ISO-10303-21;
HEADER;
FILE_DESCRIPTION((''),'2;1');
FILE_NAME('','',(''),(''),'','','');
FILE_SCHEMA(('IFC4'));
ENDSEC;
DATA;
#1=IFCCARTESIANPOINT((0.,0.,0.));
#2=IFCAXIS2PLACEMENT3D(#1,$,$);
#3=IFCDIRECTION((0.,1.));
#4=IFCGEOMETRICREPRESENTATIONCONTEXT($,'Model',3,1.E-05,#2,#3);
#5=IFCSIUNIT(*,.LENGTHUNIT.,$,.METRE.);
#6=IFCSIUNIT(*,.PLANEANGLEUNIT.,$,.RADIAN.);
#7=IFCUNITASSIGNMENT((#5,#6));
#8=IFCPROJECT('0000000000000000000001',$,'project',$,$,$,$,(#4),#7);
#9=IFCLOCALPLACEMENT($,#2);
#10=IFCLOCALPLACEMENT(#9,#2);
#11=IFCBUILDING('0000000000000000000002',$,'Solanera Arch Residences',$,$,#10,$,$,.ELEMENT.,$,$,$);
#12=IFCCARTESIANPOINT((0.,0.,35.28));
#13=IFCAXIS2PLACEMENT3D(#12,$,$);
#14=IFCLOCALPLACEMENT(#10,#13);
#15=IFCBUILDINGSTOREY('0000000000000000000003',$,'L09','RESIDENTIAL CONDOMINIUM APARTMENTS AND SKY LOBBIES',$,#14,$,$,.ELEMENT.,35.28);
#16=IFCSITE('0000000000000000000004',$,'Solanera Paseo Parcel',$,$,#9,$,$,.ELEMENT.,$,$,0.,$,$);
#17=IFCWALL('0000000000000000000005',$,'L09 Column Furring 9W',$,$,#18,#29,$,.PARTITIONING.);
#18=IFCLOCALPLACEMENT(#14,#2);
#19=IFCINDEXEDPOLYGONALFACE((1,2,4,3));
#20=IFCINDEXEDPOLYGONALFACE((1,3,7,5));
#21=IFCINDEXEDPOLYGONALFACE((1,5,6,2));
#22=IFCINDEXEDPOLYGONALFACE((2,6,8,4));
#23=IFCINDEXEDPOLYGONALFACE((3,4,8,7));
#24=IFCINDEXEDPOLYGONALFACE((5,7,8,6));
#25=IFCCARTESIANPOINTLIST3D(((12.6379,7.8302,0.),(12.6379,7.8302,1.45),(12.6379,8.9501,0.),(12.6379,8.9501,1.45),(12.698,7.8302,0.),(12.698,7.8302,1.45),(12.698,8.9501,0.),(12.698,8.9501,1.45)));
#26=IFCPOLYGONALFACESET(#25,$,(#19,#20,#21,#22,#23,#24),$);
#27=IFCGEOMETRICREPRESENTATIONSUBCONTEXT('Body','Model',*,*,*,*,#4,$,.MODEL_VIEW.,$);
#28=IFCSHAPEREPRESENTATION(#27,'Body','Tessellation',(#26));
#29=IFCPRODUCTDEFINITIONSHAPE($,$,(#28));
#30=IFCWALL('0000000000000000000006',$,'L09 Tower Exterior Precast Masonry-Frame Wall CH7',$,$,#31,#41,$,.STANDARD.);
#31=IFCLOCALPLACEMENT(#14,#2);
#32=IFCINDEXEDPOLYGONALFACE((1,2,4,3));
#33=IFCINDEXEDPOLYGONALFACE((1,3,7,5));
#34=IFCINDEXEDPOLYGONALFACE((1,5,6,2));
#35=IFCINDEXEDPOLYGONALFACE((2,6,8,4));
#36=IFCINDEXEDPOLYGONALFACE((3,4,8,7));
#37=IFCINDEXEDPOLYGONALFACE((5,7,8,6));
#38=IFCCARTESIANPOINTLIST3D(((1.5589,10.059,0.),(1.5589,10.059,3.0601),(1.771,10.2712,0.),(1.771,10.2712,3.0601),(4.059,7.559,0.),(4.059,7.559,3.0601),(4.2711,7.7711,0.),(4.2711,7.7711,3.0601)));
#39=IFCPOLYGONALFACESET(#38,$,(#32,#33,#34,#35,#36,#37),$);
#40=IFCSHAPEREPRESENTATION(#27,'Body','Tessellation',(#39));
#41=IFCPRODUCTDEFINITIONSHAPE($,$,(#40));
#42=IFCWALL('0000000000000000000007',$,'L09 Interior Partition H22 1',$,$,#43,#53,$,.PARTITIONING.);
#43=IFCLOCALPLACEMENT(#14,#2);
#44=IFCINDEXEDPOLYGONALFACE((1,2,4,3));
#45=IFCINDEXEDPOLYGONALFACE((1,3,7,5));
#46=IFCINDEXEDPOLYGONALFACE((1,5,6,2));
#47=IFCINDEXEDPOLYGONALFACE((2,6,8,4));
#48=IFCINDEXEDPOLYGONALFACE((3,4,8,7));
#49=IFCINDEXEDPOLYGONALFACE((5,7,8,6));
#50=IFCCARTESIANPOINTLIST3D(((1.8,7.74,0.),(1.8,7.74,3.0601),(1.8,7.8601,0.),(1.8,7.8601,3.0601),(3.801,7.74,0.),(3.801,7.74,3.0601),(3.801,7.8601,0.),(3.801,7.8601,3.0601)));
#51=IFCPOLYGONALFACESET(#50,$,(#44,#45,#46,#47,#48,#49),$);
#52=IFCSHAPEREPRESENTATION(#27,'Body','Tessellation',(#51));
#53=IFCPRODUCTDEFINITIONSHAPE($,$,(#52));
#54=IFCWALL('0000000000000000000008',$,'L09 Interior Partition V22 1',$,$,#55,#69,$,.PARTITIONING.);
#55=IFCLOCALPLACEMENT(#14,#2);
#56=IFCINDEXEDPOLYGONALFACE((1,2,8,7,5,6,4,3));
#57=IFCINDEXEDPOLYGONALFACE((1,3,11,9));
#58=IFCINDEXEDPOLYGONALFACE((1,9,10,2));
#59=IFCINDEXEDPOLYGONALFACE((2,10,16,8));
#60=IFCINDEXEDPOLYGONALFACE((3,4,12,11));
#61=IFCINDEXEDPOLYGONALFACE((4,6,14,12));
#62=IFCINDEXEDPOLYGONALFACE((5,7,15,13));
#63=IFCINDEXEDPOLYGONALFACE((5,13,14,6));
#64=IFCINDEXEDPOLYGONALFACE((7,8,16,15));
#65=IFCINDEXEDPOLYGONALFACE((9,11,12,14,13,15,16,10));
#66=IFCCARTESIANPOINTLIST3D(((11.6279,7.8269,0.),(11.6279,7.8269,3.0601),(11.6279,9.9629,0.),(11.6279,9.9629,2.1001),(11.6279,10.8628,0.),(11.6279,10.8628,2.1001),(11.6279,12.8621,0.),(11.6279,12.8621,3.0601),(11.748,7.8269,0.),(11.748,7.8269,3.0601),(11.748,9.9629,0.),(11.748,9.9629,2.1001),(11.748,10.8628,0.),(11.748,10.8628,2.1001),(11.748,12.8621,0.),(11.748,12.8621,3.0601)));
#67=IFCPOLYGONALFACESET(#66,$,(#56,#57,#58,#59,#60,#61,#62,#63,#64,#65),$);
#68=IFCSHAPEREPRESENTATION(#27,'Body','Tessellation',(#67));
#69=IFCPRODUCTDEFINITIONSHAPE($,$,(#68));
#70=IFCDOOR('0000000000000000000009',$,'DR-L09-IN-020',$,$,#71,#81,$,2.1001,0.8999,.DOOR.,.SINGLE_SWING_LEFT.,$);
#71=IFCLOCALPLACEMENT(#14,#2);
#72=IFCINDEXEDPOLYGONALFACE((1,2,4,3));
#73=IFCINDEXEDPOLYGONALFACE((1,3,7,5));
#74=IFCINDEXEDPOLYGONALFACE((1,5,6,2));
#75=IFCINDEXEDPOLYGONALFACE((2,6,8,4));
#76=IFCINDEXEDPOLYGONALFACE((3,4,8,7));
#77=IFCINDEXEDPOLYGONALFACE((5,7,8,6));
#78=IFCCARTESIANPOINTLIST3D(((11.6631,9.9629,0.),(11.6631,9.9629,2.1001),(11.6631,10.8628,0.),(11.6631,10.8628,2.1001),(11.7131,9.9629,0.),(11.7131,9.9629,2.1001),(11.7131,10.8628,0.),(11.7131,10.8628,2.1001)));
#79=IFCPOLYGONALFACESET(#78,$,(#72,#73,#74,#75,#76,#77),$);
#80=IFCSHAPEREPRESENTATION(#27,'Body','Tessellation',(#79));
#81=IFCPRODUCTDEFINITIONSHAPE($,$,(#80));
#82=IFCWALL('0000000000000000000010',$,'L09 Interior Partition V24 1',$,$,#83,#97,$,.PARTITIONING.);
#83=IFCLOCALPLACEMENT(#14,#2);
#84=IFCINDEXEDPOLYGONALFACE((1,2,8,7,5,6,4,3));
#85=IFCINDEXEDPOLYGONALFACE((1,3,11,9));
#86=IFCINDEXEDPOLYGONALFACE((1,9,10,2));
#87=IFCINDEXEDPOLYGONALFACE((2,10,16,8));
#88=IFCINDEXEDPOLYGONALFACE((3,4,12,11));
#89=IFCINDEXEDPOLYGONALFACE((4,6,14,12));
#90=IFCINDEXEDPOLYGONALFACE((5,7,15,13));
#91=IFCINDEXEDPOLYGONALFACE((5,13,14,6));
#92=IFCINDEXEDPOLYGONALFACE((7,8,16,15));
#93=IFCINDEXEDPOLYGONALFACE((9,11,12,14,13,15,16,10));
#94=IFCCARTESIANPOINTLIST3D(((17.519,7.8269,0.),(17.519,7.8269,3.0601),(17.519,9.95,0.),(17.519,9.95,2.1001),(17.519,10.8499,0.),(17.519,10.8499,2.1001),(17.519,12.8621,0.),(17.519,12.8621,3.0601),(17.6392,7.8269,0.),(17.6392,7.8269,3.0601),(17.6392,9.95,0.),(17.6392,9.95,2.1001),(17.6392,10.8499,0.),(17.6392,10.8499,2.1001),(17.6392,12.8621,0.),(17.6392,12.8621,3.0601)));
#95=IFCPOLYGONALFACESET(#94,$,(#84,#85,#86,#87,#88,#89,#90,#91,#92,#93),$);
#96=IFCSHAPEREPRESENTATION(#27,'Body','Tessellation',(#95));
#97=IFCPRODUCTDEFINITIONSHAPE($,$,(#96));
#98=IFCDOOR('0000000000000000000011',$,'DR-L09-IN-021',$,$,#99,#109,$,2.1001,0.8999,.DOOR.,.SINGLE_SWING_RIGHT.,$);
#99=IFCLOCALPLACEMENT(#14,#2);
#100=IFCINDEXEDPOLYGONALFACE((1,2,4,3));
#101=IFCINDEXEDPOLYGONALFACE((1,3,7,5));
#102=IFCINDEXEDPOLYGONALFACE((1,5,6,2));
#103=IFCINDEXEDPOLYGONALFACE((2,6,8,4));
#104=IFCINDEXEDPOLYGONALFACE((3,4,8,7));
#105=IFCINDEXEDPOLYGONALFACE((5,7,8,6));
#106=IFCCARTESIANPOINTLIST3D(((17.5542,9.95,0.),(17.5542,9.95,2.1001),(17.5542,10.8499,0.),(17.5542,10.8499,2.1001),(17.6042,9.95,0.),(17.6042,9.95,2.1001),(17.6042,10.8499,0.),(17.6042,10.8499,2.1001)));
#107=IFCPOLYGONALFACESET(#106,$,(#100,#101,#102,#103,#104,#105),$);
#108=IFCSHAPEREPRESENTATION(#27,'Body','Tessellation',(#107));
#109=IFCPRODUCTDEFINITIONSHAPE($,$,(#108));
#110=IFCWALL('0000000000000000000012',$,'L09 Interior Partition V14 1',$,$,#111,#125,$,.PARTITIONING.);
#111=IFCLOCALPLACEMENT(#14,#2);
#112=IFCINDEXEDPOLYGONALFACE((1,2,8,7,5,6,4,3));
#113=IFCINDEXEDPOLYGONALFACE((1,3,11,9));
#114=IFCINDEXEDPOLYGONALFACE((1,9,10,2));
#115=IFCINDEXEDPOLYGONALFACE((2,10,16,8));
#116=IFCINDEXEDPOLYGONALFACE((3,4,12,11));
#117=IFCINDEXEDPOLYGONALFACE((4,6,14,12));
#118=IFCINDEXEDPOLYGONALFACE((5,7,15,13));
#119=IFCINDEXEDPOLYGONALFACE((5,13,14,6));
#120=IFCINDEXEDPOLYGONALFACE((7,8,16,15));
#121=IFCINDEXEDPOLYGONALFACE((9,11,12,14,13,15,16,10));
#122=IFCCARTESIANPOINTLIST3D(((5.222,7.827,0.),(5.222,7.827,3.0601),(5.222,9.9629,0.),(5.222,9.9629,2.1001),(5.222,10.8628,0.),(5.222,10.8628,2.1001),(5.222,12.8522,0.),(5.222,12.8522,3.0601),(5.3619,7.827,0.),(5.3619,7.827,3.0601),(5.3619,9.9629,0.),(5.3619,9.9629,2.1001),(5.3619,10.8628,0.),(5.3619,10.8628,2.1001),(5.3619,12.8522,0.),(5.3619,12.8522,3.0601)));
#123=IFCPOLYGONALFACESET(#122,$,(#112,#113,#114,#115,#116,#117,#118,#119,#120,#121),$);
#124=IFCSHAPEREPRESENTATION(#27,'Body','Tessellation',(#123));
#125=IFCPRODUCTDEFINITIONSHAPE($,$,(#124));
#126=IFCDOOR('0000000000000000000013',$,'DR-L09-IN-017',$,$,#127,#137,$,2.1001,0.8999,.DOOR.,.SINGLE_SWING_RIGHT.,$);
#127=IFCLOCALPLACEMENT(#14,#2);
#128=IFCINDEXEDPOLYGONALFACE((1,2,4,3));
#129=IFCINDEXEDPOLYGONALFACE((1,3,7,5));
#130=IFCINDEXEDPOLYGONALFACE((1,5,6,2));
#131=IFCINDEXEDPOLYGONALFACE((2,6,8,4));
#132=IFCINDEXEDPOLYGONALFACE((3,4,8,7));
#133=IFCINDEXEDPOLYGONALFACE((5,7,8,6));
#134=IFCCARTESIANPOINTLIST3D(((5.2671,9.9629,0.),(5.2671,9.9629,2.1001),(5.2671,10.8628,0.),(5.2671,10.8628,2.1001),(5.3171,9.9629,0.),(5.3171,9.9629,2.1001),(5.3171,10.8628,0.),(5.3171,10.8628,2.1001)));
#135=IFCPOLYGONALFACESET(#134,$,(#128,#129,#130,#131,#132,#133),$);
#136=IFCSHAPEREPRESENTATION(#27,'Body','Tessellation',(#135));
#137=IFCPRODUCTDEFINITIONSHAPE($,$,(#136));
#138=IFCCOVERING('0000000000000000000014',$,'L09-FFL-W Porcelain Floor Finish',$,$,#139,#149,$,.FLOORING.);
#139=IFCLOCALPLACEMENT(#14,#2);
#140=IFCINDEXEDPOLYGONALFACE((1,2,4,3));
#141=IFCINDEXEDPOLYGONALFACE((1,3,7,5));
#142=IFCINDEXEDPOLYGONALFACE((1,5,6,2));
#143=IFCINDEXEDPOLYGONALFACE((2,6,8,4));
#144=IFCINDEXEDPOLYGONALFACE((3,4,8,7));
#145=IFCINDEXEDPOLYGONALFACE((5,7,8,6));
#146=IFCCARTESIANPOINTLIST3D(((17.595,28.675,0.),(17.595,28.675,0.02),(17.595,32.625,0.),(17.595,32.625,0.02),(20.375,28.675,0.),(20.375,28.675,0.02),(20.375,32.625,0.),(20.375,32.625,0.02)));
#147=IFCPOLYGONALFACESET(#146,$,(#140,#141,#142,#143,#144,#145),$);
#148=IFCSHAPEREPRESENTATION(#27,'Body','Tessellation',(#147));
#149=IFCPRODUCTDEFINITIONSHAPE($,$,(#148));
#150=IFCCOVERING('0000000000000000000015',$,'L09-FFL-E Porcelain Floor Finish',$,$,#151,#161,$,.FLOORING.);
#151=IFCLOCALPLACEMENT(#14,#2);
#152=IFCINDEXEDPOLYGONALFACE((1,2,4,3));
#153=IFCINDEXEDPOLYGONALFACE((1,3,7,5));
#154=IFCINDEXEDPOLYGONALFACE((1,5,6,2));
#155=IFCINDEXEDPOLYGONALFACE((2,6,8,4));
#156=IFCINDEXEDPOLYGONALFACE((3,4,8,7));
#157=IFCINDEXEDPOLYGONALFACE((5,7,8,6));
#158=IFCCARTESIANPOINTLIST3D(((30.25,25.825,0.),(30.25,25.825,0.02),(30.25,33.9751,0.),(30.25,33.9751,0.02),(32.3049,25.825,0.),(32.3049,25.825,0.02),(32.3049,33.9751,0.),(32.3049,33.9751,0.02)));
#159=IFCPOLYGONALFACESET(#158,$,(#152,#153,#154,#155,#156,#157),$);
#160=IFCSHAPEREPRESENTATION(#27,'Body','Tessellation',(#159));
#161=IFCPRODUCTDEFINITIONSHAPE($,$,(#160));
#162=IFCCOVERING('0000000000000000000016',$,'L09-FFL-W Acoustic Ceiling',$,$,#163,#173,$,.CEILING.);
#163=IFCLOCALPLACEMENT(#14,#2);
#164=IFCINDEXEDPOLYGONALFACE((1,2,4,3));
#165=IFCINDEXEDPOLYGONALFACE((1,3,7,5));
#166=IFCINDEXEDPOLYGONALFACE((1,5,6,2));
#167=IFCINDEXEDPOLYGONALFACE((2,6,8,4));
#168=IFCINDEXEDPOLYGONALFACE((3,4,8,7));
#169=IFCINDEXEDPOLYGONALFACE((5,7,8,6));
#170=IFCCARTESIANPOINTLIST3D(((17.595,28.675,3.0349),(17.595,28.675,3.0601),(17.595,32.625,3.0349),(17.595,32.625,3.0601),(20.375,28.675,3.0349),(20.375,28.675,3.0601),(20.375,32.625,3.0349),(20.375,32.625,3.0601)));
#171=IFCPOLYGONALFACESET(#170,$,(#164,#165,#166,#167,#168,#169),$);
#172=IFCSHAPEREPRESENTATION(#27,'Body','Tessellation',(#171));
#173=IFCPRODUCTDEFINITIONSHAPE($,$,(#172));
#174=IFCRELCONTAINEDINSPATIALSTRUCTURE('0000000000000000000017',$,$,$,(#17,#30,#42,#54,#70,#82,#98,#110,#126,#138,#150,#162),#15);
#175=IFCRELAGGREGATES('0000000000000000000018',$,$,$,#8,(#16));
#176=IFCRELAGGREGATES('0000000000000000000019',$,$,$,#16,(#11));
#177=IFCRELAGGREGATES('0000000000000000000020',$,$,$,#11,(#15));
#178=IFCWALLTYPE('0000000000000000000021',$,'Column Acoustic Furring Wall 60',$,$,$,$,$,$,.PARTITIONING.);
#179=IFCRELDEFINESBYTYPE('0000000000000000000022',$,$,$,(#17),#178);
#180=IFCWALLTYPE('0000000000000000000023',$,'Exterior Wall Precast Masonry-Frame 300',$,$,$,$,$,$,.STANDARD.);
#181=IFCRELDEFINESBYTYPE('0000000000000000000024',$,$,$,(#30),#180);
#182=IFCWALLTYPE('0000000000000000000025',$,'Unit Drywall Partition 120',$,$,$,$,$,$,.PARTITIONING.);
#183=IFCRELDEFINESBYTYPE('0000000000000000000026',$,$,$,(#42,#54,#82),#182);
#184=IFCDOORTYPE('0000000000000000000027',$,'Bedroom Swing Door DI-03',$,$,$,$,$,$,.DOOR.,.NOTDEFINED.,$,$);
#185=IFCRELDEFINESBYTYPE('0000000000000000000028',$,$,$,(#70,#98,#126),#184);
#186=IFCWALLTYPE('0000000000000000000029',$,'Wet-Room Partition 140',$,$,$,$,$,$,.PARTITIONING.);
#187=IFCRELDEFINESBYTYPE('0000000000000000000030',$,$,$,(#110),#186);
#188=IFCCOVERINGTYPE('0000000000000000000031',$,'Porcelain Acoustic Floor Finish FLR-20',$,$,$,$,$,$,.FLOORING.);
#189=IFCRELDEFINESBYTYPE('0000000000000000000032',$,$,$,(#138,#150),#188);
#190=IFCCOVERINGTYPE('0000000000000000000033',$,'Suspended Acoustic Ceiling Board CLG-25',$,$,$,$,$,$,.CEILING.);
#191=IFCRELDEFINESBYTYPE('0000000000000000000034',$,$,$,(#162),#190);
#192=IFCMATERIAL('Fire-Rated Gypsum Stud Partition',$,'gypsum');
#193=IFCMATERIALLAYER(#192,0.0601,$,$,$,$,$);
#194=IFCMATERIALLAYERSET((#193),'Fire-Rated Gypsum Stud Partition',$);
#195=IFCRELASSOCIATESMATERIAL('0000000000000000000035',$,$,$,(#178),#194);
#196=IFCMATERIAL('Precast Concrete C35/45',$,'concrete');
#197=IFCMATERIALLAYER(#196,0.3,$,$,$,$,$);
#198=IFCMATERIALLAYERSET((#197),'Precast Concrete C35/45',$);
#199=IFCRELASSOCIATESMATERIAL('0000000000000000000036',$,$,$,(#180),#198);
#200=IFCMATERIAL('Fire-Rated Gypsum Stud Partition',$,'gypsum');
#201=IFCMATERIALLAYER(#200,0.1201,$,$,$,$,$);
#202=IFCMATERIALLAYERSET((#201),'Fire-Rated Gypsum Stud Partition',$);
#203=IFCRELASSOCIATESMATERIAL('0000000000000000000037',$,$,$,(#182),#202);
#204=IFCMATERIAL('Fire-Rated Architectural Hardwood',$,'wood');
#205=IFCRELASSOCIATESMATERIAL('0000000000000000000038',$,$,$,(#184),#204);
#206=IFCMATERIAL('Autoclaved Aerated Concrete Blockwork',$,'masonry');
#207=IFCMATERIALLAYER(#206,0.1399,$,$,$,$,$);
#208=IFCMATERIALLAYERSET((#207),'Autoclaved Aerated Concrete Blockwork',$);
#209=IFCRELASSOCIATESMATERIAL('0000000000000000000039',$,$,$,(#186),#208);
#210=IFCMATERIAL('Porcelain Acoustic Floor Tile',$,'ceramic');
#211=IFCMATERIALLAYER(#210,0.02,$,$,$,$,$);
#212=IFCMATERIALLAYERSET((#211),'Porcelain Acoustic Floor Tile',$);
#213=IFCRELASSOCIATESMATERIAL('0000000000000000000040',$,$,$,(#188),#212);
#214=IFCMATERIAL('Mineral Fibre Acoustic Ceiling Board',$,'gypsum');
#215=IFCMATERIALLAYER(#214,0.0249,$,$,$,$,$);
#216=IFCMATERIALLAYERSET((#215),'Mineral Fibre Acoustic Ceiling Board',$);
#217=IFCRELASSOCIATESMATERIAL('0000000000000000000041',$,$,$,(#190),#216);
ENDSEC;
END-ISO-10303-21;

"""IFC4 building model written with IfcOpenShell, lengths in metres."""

from ifc_helpers import new_model, si_unit, direction, frame, frame_2d, origin, place, context, subcontext, project, spatial, polyline, rectangle, outline, extrude, material, layer, layer_set, type_object, element, fill, save


model = new_model("IFC4")

# Units and contexts
model_context = context("Model", 3, precision=1e-05, world=origin(), true_north=direction((0.0, 1.0)))
body_context = subcontext(model_context, "Body", "Model", "MODEL_VIEW")
ifc_project = project(units=[si_unit("LENGTHUNIT", "METRE"), si_unit("PLANEANGLEUNIT", "RADIAN")], contexts=[model_context])

# Site, building, storey
site_placement = place(None, origin())
site = spatial("IfcSite", under=ifc_project, at=site_placement, Name="Solanera Paseo Parcel", CompositionType="ELEMENT", RefElevation=0.0)
building_placement = place(site_placement, origin())
building = spatial("IfcBuilding", under=site, at=building_placement, Name="Solanera Arch Residences", CompositionType="ELEMENT")
storey_placement = place(building_placement, frame((0.0, 0.0, 35.28)))
storey = spatial("IfcBuildingStorey", under=building, at=storey_placement, Name="L09", Description="RESIDENTIAL CONDOMINIUM APARTMENTS AND SKY LOBBIES", CompositionType="ELEMENT", Elevation=35.28)

# Walls
ifc_material_1 = material(Name="Fire-Rated Gypsum Stud Partition", Category="gypsum")
ifc_layer_1 = layer(ifc_material_1, 0.0601)
ifc_layer_set_1 = layer_set([ifc_layer_1], Name="Fire-Rated Gypsum Stud Partition")
wall_type_1 = type_object("IfcWallType", Name="Column Acoustic Furring Wall 60", PredefinedType="PARTITIONING", material=ifc_layer_set_1)
wall_1_placement = place(storey_placement, frame((12.668, 7.8301, 0.0), z_axis=(0.0, 0.0, 1.0), x_axis=(0.0, 1.0, 0.0)))
element("IfcWall", 1, at=wall_1_placement, inside=storey, type_object=wall_type_1, Name="L09 Column Furring 9W", PredefinedType="PARTITIONING", context=body_context, shape_type="SweptSolid", body=[
    extrude(rectangle(XDim=1.1199, YDim=0.0601, at=frame_2d((0.5601, 0.0))), origin(), (0.0, 0.0, 1.0), 1.45),
])
ifc_material_2 = material(Name="Precast Concrete C35/45", Category="concrete")
ifc_layer_2 = layer(ifc_material_2, 0.3)
ifc_layer_set_2 = layer_set([ifc_layer_2], Name="Precast Concrete C35/45")
wall_type_2 = type_object("IfcWallType", Name="Exterior Wall Precast Masonry-Frame 300", PredefinedType="STANDARD", material=ifc_layer_set_2)
wall_2_placement = place(storey_placement, frame((4.165, 7.665, 0.0), z_axis=(0.0, 0.0, 1.0), x_axis=(-0.707107, 0.707107, 0.0)))
element("IfcWall", 2, at=wall_2_placement, inside=storey, type_object=wall_type_2, Name="L09 Tower Exterior Precast Masonry-Frame Wall CH7", PredefinedType="STANDARD", context=body_context, shape_type="SweptSolid", body=[
    extrude(rectangle(XDim=3.5356, YDim=0.3, at=frame_2d((1.7678, 0.0))), origin(), (0.0, 0.0, 1.0), 3.0601),
])
ifc_material_3 = material(Name="Fire-Rated Gypsum Stud Partition", Category="gypsum")
ifc_layer_3 = layer(ifc_material_3, 0.1201)
ifc_layer_set_3 = layer_set([ifc_layer_3], Name="Fire-Rated Gypsum Stud Partition")
wall_type_3 = type_object("IfcWallType", Name="Unit Drywall Partition 120", PredefinedType="PARTITIONING", material=ifc_layer_set_3)
wall_3_placement = place(storey_placement, frame((1.8, 7.8, 0.0), z_axis=(0.0, 0.0, 1.0), x_axis=(1.0, 0.0, 0.0)))
element("IfcWall", 3, at=wall_3_placement, inside=storey, type_object=wall_type_3, Name="L09 Interior Partition H22 1", PredefinedType="PARTITIONING", context=body_context, shape_type="SweptSolid", body=[
    extrude(rectangle(XDim=2.001, YDim=0.1201, at=frame_2d((1.0005, 0.0))), origin(), (0.0, 0.0, 1.0), 3.0601),
])

# Walls, openings, doors
wall_4_placement = place(storey_placement, frame((11.688, 7.8269, 0.0), z_axis=(0.0, 0.0, 1.0), x_axis=(0.0, 1.0, 0.0)))
wall_4 = element("IfcWall", 4, at=wall_4_placement, inside=storey, type_object=wall_type_3, Name="L09 Interior Partition V22 1", PredefinedType="PARTITIONING", context=body_context, shape_type="SweptSolid", body=[
    extrude(rectangle(XDim=5.0352, YDim=0.1201, at=frame_2d((2.5176, 0.0))), origin(), (0.0, 0.0, 1.0), 3.0601),
])
opening_1_placement = place(wall_4_placement, frame((2.136, 0.0, 0.0)))
opening_1 = element("IfcOpeningElement", 5, at=opening_1_placement, cuts=wall_4, PredefinedType="OPENING", context=body_context, shape_type="SweptSolid", body=[
    extrude(rectangle(XDim=0.8999, YDim=2.1001, at=frame_2d((0.45, 1.05))), frame((0.0, 0.0701, 0.0), z_axis=(0.0, -1.0, 0.0), x_axis=(1.0, 0.0, 0.0)), (0.0, 0.0, 1.0), 0.1401),
])
ifc_material_4 = material(Name="Fire-Rated Architectural Hardwood", Category="wood")
door_type = type_object("IfcDoorType", Name="Bedroom Swing Door DI-03", OperationType="NOTDEFINED", PredefinedType="DOOR", material=ifc_material_4)
door_1_placement = place(opening_1_placement, origin())
door_1 = element("IfcDoor", 6, at=door_1_placement, inside=storey, type_object=door_type, Name="DR-L09-IN-020", OperationType="SINGLE_SWING_LEFT", OverallHeight=2.1001, OverallWidth=0.8999, PredefinedType="DOOR", context=body_context, shape_type="SweptSolid", body=[
    extrude(rectangle(XDim=0.8999, YDim=2.1001, at=frame_2d((0.45, 1.05))), frame((0.0, 0.0249, 0.0), z_axis=(0.0, -1.0, 0.0), x_axis=(1.0, 0.0, 0.0)), (0.0, 0.0, 1.0), 0.05),
])
fill(opening_1, door_1)
wall_5_placement = place(storey_placement, frame((17.5791, 7.8269, 0.0), z_axis=(0.0, 0.0, 1.0), x_axis=(0.0, 1.0, 0.0)))
wall_5 = element("IfcWall", 7, at=wall_5_placement, inside=storey, type_object=wall_type_3, Name="L09 Interior Partition V24 1", PredefinedType="PARTITIONING", context=body_context, shape_type="SweptSolid", body=[
    extrude(rectangle(XDim=5.0352, YDim=0.1201, at=frame_2d((2.5176, 0.0))), origin(), (0.0, 0.0, 1.0), 3.0601),
])
opening_2_placement = place(wall_5_placement, frame((2.123, 0.0, 0.0)))
opening_2 = element("IfcOpeningElement", 8, at=opening_2_placement, cuts=wall_5, PredefinedType="OPENING", context=body_context, shape_type="SweptSolid", body=[
    extrude(rectangle(XDim=0.8999, YDim=2.1001, at=frame_2d((0.45, 1.05))), frame((0.0, 0.0701, 0.0), z_axis=(0.0, -1.0, 0.0), x_axis=(1.0, 0.0, 0.0)), (0.0, 0.0, 1.0), 0.1401),
])
door_2_placement = place(opening_2_placement, origin())
door_2 = element("IfcDoor", 9, at=door_2_placement, inside=storey, type_object=door_type, Name="DR-L09-IN-021", OperationType="SINGLE_SWING_RIGHT", OverallHeight=2.1001, OverallWidth=0.8999, PredefinedType="DOOR", context=body_context, shape_type="SweptSolid", body=[
    extrude(rectangle(XDim=0.8999, YDim=2.1001, at=frame_2d((0.45, 1.05))), frame((0.0, 0.0249, 0.0), z_axis=(0.0, -1.0, 0.0), x_axis=(1.0, 0.0, 0.0)), (0.0, 0.0, 1.0), 0.05),
])
fill(opening_2, door_2)
ifc_material_5 = material(Name="Autoclaved Aerated Concrete Blockwork", Category="masonry")
ifc_layer_4 = layer(ifc_material_5, 0.1399)
ifc_layer_set_4 = layer_set([ifc_layer_4], Name="Autoclaved Aerated Concrete Blockwork")
wall_type_4 = type_object("IfcWallType", Name="Wet-Room Partition 140", PredefinedType="PARTITIONING", material=ifc_layer_set_4)
wall_6_placement = place(storey_placement, frame((5.292, 7.8269, 0.0), z_axis=(0.0, 0.0, 1.0), x_axis=(0.0, 1.0, 0.0)))
wall_6 = element("IfcWall", 10, at=wall_6_placement, inside=storey, type_object=wall_type_4, Name="L09 Interior Partition V14 1", PredefinedType="PARTITIONING", context=body_context, shape_type="SweptSolid", body=[
    extrude(rectangle(XDim=5.0251, YDim=0.1399, at=frame_2d((2.5127, 0.0))), origin(), (0.0, 0.0, 1.0), 3.0601),
])
opening_3_placement = place(wall_6_placement, frame((2.136, 0.0, 0.0)))
opening_3 = element("IfcOpeningElement", 11, at=opening_3_placement, cuts=wall_6, PredefinedType="OPENING", context=body_context, shape_type="SweptSolid", body=[
    extrude(rectangle(XDim=0.8999, YDim=2.1001, at=frame_2d((0.45, 1.05))), frame((0.0, 0.0798, 0.0), z_axis=(0.0, -1.0, 0.0), x_axis=(1.0, 0.0, 0.0)), (0.0, 0.0, 1.0), 0.1599),
])
door_3_placement = place(opening_3_placement, origin())
door_3 = element("IfcDoor", 12, at=door_3_placement, inside=storey, type_object=door_type, Name="DR-L09-IN-017", OperationType="SINGLE_SWING_RIGHT", OverallHeight=2.1001, OverallWidth=0.8999, PredefinedType="DOOR", context=body_context, shape_type="SweptSolid", body=[
    extrude(rectangle(XDim=0.8999, YDim=2.1001, at=frame_2d((0.45, 1.05))), frame((0.0, 0.0249, 0.0), z_axis=(0.0, -1.0, 0.0), x_axis=(1.0, 0.0, 0.0)), (0.0, 0.0, 1.0), 0.05),
])
fill(opening_3, door_3)

# Coverings
ifc_material_6 = material(Name="Porcelain Acoustic Floor Tile", Category="ceramic")
ifc_layer_5 = layer(ifc_material_6, 0.02)
ifc_layer_set_5 = layer_set([ifc_layer_5], Name="Porcelain Acoustic Floor Tile")
covering_type_1 = type_object("IfcCoveringType", Name="Porcelain Acoustic Floor Finish FLR-20", PredefinedType="FLOORING", material=ifc_layer_set_5)
covering_1_placement = place(storey_placement, origin())
element("IfcCovering", 13, at=covering_1_placement, inside=storey, type_object=covering_type_1, Name="L09-FFL-W Porcelain Floor Finish", PredefinedType="FLOORING", context=body_context, shape_type="SweptSolid", body=[
    extrude(outline(polyline([(20.375, 28.675), (17.595, 28.675), (17.595, 32.625), (20.375, 32.625), (20.375, 28.675)])), origin(), (0.0, 0.0, 1.0), 0.02),
])
covering_2_placement = place(storey_placement, origin())
element("IfcCovering", 14, at=covering_2_placement, inside=storey, type_object=covering_type_1, Name="L09-FFL-E Porcelain Floor Finish", PredefinedType="FLOORING", context=body_context, shape_type="SweptSolid", body=[
    extrude(outline(polyline([(32.3049, 25.825), (30.25, 25.825), (30.25, 33.9751), (32.3049, 33.9751), (32.3049, 25.825)])), origin(), (0.0, 0.0, 1.0), 0.02),
])
ifc_material_7 = material(Name="Mineral Fibre Acoustic Ceiling Board", Category="gypsum")
ifc_layer_6 = layer(ifc_material_7, 0.0249)
ifc_layer_set_6 = layer_set([ifc_layer_6], Name="Mineral Fibre Acoustic Ceiling Board")
covering_type_2 = type_object("IfcCoveringType", Name="Suspended Acoustic Ceiling Board CLG-25", PredefinedType="CEILING", material=ifc_layer_set_6)
covering_3_placement = place(storey_placement, frame((0.0, 0.0, 3.0349)))
element("IfcCovering", 15, at=covering_3_placement, inside=storey, type_object=covering_type_2, Name="L09-FFL-W Acoustic Ceiling", PredefinedType="CEILING", context=body_context, shape_type="SweptSolid", body=[
    extrude(outline(polyline([(20.375, 28.675), (17.595, 28.675), (17.595, 32.625), (20.375, 32.625), (20.375, 28.675)])), origin(), (0.0, 0.0, 1.0), 0.0251),
])

save(model, "model.ifc")
